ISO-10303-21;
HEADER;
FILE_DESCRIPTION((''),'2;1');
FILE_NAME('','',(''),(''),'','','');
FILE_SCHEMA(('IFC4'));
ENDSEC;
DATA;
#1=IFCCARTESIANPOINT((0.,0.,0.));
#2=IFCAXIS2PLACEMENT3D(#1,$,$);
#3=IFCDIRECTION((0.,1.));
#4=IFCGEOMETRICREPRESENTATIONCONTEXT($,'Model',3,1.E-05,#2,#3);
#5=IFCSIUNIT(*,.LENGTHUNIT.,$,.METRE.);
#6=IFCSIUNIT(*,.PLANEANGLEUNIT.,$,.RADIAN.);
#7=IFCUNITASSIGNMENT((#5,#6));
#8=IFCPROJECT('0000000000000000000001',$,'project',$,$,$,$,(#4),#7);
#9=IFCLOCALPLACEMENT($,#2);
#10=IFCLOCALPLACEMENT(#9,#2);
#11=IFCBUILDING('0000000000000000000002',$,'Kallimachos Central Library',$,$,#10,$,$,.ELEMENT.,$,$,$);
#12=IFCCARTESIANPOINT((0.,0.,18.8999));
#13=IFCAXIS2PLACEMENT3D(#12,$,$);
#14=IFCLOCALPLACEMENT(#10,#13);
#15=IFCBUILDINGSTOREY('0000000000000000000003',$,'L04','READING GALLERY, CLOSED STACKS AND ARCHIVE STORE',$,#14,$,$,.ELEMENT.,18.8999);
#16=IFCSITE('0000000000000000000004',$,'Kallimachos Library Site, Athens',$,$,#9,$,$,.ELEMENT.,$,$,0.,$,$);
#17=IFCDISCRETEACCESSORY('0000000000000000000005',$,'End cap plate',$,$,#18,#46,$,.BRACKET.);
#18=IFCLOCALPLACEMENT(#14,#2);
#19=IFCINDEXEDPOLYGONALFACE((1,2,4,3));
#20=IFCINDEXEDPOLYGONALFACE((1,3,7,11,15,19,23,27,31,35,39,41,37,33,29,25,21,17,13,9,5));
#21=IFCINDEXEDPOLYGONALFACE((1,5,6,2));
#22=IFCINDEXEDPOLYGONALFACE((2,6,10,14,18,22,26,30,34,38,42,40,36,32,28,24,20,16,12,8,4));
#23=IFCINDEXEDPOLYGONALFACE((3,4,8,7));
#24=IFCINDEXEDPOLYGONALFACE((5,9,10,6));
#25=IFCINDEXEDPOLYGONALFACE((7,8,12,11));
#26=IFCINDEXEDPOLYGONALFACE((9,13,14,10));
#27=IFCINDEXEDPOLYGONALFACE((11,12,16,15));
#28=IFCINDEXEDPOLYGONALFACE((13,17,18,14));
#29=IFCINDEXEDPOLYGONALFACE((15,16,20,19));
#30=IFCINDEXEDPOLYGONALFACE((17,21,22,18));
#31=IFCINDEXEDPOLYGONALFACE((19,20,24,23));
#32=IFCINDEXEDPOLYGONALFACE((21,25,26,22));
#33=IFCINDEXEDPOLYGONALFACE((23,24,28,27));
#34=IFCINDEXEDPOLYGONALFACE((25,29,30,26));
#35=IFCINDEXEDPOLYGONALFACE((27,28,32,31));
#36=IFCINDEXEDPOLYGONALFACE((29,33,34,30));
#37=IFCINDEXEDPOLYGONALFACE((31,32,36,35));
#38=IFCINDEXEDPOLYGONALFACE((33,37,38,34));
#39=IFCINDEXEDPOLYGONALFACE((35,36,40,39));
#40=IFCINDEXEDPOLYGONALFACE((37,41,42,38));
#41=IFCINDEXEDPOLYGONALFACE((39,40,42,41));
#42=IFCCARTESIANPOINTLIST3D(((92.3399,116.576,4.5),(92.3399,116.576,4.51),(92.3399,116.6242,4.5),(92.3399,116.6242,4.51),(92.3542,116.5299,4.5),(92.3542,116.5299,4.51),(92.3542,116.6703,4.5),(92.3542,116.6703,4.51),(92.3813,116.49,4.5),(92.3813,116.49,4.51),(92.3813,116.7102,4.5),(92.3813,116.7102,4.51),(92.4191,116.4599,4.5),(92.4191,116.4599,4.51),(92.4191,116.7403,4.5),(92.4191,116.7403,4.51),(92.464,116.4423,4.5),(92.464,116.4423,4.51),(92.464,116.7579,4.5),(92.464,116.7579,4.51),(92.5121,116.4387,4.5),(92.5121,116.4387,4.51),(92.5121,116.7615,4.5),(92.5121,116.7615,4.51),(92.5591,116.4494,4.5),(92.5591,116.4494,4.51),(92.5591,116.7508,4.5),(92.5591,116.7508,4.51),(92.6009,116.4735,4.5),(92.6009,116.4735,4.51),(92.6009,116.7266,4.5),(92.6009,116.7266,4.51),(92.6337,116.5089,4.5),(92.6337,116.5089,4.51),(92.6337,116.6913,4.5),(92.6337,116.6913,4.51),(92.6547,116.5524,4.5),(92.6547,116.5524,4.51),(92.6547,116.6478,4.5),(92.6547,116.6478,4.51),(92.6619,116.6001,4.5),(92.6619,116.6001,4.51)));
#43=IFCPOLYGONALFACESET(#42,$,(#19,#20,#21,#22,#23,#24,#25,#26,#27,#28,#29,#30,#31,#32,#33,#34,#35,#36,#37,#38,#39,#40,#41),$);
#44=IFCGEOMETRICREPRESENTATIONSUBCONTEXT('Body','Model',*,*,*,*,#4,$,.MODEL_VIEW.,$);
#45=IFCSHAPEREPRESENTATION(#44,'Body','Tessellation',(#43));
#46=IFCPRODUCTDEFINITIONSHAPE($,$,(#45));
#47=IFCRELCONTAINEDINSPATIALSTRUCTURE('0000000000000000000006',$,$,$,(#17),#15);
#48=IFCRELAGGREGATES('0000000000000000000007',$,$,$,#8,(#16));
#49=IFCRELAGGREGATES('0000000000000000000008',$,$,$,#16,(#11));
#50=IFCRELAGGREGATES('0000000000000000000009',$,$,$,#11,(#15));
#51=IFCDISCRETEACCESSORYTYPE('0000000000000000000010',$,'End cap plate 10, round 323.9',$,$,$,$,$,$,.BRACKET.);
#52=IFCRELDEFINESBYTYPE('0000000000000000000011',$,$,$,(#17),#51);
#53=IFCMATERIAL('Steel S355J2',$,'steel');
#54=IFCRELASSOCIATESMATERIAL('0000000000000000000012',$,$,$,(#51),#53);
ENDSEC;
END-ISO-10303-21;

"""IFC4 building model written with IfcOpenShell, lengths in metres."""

from ifc_helpers import new_model, si_unit, direction, frame, origin, origin_2d, place, context, subcontext, project, spatial, circle, extrude, material, material_profile, profile_set, type_object, element, save


model = new_model("IFC4")

# Units and contexts
model_context = context("Model", 3, precision=1e-05, world=origin(), true_north=direction((0.0, 1.0)))
body_context = subcontext(model_context, "Body", "Model", "MODEL_VIEW")
ifc_project = project(units=[si_unit("LENGTHUNIT", "METRE"), si_unit("PLANEANGLEUNIT", "RADIAN")], contexts=[model_context])

# Site, building, storey
site_placement = place(None, origin())
site = spatial("IfcSite", under=ifc_project, at=site_placement, Name="Kallimachos Library Site, Athens", CompositionType="ELEMENT", RefElevation=0.0)
building_placement = place(site_placement, origin())
building = spatial("IfcBuilding", under=site, at=building_placement, Name="Kallimachos Central Library", CompositionType="ELEMENT")
storey_placement = place(building_placement, frame((0.0, 0.0, 18.8999)))
storey = spatial("IfcBuildingStorey", under=building, at=storey_placement, Name="L04", Description="READING GALLERY, CLOSED STACKS AND ARCHIVE STORE", CompositionType="ELEMENT", Elevation=18.8999)

# Discrete accessory
ifc_material_1 = material(Name="Steel S355J2", Category="steel")
ifc_material_profile_1 = material_profile(ifc_material_1, circle(Radius=0.1619, at=origin_2d()), Name="End cap plate 10, round 323.9")
ifc_profile_set_1 = profile_set([ifc_material_profile_1], Name="Steel S355J2")
discrete_accessory_type = type_object("IfcDiscreteAccessoryType", Name="End cap plate 10, round 323.9", PredefinedType="BRACKET", material=ifc_profile_set_1)
discrete_accessory_placement = place(storey_placement, frame((92.5, 116.6001, 4.5), z_axis=(0.0, 0.0, 1.0), x_axis=(1.0, 0.0, 0.0)))
element("IfcDiscreteAccessory", 1, at=discrete_accessory_placement, inside=storey, type_object=discrete_accessory_type, Name="End cap plate", PredefinedType="BRACKET", context=body_context, shape_type="SweptSolid", body=[
    extrude(circle(Radius=0.1619, at=origin_2d()), origin(), (0.0, 0.0, 1.0), 0.01),
])

save(model, "model.ifc")
